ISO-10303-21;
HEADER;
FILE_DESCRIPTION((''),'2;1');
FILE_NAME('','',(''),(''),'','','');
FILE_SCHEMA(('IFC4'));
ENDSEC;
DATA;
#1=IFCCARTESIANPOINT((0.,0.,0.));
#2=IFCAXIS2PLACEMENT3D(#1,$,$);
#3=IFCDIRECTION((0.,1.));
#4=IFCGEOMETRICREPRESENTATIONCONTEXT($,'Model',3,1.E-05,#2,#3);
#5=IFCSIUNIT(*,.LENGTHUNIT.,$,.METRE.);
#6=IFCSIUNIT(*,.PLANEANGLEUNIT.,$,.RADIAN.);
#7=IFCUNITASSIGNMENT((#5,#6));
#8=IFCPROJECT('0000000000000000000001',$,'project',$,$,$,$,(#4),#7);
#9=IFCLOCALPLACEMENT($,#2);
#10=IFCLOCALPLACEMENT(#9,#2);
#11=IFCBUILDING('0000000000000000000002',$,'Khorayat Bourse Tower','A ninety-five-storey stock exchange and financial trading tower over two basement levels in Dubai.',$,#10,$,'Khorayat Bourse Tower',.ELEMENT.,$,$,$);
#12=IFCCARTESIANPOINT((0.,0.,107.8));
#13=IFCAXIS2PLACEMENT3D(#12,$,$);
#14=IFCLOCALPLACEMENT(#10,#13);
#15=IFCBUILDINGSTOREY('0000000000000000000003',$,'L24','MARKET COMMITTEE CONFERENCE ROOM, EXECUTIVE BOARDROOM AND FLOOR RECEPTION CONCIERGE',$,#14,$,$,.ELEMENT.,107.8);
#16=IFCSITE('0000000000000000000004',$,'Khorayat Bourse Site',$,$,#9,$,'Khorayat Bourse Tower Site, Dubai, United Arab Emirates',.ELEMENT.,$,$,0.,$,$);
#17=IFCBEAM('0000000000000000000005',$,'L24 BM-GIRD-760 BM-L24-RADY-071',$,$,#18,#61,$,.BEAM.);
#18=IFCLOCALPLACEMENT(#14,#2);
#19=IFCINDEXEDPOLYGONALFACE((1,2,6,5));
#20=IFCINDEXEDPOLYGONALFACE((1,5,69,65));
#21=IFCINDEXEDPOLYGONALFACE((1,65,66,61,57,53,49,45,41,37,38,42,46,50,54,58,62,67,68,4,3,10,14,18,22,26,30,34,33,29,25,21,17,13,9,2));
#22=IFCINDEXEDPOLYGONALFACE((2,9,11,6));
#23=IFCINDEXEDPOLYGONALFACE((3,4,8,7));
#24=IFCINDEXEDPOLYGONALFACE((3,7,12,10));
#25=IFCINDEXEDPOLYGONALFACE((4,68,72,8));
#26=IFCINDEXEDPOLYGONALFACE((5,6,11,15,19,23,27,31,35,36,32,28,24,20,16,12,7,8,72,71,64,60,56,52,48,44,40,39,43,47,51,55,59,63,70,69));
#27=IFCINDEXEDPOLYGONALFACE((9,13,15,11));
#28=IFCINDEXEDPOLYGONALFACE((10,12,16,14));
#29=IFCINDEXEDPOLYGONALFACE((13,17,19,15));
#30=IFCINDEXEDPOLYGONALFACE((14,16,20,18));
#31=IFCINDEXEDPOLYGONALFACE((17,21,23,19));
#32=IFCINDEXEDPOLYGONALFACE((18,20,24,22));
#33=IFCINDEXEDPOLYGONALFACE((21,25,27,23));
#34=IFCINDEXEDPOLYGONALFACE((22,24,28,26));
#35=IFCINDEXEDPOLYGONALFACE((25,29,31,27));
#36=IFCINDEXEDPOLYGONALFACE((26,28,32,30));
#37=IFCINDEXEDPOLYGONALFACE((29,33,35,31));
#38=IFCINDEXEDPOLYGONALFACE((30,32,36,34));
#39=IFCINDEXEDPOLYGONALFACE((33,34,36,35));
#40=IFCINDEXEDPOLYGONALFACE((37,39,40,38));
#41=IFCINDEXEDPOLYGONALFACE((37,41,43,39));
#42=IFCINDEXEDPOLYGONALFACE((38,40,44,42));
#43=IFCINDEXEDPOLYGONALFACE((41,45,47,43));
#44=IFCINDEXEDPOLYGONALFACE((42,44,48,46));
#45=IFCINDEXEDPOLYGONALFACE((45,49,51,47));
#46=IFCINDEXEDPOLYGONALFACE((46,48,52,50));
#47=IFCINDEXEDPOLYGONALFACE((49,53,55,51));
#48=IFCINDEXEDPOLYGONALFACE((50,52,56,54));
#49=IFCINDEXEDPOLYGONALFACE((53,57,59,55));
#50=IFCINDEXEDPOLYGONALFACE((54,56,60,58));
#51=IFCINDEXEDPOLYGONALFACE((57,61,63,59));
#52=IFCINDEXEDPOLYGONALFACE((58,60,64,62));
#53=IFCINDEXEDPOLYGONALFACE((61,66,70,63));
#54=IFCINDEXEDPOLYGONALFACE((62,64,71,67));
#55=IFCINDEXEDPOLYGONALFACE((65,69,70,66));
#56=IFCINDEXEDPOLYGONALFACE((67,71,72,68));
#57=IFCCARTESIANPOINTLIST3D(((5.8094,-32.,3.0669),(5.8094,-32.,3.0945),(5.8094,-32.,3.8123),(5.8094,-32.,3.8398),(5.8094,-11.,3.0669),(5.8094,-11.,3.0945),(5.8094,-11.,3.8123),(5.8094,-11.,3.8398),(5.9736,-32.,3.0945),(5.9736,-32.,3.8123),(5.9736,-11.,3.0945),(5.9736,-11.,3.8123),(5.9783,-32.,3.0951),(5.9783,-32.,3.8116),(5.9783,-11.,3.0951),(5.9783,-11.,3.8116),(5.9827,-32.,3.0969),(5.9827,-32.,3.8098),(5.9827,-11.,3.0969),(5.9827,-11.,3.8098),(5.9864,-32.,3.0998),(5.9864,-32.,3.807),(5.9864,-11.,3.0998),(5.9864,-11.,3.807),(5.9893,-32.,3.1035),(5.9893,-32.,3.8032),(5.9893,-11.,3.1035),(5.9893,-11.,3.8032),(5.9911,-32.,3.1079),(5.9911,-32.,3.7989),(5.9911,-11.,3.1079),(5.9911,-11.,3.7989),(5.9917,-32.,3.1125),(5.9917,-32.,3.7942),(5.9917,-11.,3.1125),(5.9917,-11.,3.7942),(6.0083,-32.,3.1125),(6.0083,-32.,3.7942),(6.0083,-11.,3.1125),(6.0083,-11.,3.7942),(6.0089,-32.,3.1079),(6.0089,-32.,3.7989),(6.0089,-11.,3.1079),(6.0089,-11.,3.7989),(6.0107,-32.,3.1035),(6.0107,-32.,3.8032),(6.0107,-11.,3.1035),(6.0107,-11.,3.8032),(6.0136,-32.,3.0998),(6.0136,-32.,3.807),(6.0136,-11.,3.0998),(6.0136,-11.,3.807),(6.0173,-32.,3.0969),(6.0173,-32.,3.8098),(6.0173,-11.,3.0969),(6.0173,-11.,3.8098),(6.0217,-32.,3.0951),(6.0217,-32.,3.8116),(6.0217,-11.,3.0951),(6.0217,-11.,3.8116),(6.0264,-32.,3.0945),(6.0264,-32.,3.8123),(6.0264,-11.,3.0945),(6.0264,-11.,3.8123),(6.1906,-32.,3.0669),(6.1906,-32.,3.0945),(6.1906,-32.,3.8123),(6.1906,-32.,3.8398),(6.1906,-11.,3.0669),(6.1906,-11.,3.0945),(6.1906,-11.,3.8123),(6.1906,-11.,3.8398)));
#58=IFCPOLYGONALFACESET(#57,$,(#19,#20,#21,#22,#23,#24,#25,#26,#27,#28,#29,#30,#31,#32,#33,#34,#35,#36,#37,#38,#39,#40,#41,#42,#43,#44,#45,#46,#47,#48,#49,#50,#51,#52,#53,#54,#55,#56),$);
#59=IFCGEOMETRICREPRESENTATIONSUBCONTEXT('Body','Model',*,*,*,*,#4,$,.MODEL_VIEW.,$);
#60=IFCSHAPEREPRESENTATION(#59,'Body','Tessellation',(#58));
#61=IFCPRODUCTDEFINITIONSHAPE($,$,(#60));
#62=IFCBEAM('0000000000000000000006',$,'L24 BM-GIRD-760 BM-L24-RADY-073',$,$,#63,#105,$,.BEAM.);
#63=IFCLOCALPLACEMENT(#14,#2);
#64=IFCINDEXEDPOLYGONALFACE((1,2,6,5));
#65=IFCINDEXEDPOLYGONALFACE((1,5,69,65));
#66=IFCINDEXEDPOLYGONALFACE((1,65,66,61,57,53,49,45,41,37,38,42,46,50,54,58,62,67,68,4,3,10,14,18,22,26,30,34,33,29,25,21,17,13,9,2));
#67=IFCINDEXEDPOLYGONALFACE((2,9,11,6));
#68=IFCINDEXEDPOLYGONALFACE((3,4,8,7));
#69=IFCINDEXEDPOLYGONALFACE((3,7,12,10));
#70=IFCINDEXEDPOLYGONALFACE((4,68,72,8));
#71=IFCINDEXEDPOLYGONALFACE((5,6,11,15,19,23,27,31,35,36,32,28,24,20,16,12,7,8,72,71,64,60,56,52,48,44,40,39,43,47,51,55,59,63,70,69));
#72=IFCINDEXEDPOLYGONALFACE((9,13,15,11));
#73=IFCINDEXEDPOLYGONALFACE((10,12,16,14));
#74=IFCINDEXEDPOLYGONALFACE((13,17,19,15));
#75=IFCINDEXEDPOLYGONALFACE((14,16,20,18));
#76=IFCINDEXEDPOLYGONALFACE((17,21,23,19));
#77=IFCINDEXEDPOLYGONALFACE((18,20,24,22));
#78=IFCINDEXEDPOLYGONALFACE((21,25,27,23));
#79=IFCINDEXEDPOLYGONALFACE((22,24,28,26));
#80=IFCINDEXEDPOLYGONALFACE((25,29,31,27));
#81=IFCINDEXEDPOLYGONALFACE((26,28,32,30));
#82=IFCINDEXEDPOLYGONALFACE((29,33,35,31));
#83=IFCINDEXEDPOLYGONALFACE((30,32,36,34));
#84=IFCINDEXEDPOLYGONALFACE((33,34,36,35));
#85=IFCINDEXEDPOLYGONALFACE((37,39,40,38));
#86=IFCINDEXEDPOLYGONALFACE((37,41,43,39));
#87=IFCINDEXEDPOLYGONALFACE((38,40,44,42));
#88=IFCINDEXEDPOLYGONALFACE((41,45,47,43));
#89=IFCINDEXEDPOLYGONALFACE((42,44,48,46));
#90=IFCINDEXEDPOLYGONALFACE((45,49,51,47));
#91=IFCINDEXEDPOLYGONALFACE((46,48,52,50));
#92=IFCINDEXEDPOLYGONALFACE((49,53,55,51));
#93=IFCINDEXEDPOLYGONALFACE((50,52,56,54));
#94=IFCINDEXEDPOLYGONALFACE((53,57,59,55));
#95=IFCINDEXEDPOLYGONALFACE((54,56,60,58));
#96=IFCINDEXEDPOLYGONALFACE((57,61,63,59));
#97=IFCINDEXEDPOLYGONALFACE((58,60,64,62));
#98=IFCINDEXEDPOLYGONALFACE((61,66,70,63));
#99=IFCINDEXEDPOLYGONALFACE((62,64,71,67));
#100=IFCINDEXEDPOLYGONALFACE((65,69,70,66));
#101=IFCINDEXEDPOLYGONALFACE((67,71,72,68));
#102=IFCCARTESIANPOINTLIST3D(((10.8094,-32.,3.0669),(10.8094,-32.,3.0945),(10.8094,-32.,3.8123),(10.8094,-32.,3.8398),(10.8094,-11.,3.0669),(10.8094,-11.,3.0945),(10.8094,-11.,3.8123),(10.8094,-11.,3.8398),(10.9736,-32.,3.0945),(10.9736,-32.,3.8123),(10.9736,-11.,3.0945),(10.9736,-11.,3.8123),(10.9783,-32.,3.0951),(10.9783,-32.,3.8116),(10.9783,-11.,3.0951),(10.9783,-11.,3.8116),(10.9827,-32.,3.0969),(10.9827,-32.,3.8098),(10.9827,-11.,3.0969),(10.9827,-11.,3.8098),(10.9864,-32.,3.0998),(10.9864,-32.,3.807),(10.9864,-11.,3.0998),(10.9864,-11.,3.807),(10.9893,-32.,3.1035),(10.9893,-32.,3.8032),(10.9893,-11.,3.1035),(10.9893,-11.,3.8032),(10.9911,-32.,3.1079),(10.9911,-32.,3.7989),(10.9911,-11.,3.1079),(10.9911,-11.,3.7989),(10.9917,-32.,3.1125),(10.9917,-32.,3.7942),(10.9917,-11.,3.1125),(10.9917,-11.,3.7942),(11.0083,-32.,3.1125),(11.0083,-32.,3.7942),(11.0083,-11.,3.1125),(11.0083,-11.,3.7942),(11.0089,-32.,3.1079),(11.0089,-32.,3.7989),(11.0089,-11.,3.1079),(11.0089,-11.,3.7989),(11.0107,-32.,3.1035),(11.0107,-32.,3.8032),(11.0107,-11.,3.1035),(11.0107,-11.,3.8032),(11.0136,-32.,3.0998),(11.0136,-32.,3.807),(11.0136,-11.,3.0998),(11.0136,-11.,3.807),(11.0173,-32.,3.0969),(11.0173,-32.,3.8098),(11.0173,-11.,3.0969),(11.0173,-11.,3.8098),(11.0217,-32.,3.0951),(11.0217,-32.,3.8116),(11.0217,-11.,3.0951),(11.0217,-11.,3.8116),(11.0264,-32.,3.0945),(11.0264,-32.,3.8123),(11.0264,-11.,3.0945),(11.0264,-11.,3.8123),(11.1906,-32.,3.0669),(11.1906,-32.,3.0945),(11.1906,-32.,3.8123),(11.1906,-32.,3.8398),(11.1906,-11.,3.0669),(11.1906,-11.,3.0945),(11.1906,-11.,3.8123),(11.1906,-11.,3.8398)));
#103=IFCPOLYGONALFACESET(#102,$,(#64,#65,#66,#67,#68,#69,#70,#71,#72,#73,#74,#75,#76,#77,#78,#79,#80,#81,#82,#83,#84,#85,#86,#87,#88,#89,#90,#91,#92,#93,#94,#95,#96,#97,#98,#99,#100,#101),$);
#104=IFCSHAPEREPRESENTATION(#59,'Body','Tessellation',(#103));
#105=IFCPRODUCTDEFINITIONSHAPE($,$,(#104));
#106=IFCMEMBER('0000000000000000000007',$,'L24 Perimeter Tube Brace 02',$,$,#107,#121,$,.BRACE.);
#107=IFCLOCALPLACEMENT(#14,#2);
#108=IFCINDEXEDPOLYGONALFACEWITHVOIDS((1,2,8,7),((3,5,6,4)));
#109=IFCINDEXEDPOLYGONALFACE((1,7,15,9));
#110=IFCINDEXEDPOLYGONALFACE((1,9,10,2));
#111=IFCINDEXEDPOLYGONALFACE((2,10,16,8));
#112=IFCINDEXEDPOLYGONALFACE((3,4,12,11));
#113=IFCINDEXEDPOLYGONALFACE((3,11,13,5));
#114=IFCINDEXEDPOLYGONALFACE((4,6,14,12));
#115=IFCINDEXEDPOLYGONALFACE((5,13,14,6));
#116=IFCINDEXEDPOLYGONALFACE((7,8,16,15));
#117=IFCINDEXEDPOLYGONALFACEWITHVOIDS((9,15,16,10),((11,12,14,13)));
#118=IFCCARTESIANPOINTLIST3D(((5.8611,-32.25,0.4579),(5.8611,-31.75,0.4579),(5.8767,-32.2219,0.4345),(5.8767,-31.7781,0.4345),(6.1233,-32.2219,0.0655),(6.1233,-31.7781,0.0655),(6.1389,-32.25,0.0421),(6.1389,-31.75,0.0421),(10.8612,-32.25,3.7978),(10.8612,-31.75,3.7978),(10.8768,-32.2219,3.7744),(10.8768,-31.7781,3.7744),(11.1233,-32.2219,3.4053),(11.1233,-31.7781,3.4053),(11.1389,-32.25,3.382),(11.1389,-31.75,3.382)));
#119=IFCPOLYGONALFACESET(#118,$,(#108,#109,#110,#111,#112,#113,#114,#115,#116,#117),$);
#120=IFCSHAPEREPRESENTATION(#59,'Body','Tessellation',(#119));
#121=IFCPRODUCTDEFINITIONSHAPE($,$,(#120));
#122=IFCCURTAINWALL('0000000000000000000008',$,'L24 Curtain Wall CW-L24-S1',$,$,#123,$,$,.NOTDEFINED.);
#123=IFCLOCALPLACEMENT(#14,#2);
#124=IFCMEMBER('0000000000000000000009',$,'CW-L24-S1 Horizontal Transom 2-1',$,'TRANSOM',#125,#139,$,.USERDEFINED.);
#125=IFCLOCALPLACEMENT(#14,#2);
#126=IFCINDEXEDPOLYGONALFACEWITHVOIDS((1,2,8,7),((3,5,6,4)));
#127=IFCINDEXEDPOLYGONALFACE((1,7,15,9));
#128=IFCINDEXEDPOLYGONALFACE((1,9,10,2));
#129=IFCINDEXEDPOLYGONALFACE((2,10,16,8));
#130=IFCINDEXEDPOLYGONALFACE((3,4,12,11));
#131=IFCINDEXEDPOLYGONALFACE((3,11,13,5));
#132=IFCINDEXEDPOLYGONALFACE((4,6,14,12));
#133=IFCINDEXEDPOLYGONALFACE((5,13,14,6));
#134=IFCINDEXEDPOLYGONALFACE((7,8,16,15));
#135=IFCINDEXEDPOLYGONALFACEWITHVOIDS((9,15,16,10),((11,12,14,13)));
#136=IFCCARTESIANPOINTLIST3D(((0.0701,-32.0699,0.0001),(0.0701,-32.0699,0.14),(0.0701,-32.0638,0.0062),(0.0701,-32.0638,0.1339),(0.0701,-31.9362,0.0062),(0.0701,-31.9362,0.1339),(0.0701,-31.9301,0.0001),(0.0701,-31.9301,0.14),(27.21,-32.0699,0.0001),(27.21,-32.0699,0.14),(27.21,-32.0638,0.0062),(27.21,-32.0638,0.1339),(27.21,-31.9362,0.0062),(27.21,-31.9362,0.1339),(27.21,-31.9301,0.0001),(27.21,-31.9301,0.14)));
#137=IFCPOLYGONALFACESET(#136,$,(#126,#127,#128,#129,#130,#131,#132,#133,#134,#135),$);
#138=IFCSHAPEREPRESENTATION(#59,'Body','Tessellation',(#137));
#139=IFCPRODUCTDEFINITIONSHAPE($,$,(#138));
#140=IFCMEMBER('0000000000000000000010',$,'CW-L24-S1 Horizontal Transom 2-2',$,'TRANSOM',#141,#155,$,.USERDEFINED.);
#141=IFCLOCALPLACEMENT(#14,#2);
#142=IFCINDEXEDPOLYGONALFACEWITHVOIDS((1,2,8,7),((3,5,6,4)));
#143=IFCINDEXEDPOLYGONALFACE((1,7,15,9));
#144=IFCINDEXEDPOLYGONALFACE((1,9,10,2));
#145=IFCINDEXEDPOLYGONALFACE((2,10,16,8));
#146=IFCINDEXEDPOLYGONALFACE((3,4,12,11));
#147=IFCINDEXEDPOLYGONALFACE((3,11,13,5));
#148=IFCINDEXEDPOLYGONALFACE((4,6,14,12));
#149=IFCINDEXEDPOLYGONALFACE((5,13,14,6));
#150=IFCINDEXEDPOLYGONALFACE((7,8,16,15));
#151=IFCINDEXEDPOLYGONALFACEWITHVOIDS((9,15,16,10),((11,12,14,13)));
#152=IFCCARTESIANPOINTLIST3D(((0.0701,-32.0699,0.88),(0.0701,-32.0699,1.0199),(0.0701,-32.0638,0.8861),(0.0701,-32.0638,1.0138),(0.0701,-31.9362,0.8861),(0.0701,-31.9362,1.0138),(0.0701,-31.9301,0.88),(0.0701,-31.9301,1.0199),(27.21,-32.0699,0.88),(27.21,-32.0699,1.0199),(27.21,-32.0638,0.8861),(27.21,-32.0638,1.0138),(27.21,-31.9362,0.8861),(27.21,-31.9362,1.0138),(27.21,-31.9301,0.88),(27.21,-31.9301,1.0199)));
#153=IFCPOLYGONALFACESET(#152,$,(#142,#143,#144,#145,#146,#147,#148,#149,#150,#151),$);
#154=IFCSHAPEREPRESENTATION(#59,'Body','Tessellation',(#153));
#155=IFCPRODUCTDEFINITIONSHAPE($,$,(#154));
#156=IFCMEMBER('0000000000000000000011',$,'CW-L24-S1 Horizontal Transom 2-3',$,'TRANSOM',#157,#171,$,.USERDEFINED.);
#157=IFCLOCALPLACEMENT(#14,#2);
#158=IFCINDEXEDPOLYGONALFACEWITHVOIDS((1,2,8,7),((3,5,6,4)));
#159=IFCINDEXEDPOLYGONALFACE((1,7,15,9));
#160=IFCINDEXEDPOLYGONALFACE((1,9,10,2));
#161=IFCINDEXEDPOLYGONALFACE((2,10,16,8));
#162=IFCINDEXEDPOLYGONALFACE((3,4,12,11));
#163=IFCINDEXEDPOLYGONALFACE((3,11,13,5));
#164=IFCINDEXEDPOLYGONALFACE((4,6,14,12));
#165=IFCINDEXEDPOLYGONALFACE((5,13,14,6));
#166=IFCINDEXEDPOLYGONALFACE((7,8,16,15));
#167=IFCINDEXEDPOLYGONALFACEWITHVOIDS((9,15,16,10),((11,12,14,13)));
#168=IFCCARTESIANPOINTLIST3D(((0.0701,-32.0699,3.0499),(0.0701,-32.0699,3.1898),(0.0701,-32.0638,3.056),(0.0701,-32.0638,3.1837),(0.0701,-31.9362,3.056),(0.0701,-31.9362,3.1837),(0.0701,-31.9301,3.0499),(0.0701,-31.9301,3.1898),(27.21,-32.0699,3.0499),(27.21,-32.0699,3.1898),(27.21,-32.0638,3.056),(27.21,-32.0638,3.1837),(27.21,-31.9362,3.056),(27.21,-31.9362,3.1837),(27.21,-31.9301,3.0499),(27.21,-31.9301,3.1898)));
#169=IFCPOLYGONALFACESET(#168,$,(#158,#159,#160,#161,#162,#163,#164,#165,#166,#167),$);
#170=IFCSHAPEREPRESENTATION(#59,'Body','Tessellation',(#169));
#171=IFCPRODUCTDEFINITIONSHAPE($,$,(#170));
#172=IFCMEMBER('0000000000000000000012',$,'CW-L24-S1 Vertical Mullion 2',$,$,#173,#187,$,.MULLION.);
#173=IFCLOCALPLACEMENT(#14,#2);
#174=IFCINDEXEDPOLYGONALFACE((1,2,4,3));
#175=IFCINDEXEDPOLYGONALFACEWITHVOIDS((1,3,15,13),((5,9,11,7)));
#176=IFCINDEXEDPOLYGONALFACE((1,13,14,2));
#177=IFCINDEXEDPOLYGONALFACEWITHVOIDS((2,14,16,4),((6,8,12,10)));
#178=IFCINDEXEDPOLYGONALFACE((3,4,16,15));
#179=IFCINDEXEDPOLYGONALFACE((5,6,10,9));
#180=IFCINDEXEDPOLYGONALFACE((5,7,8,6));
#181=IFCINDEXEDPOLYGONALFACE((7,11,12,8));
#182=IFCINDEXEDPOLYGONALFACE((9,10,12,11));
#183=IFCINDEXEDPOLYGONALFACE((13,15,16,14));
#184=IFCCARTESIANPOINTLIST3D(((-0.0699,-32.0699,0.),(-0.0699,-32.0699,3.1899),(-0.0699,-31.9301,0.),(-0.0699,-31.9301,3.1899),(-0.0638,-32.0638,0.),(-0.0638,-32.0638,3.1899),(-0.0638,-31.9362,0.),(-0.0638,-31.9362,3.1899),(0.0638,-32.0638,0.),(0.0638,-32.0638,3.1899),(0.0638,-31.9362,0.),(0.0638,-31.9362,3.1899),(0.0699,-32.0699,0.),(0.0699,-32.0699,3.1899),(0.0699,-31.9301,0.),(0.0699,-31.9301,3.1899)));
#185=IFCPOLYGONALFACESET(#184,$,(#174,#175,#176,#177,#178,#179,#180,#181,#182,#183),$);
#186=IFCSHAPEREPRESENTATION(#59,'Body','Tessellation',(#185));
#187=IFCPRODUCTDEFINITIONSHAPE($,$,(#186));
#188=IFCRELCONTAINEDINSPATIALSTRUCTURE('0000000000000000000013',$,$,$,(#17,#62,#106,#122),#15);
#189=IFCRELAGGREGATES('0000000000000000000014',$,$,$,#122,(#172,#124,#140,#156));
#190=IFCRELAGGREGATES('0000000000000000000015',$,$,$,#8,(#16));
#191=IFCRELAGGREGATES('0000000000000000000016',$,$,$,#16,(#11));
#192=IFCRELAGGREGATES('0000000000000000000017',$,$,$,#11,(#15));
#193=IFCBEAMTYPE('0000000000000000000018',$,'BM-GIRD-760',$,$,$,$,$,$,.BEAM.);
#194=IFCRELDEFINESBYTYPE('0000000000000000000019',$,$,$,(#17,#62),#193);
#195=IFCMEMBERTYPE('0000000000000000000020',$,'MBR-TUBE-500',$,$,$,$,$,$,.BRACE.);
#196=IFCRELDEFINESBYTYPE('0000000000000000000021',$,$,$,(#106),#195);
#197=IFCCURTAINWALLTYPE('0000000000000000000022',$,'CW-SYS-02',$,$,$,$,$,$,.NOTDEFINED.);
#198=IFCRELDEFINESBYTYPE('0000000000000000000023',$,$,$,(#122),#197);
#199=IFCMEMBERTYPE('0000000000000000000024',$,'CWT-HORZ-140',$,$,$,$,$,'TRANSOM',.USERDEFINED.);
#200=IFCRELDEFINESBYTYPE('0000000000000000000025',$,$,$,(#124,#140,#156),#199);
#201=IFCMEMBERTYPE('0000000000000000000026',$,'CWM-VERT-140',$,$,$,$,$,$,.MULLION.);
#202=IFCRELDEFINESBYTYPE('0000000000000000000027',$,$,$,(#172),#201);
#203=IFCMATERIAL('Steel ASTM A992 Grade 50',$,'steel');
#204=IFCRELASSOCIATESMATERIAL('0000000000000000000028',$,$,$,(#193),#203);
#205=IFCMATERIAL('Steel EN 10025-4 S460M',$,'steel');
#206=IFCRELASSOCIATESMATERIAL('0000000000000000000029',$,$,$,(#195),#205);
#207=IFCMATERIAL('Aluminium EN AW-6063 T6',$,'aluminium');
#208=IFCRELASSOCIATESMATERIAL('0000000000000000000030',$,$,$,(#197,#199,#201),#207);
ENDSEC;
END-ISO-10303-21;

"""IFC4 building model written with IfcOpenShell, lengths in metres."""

from ifc_helpers import new_model, si_unit, direction, frame, origin, origin_2d, place, context, subcontext, project, spatial, hollow_rectangle, i_section, extrude, source, transform, mapped, material, material_profile, profile_set, type_object, element, aggregate, save


model = new_model("IFC4")

# Units and contexts
model_context = context("Model", 3, precision=1e-05, world=origin(), true_north=direction((0.0, 1.0)))
body_context = subcontext(model_context, "Body", "Model", "MODEL_VIEW")
ifc_project = project(units=[si_unit("LENGTHUNIT", "METRE"), si_unit("PLANEANGLEUNIT", "RADIAN")], contexts=[model_context])

# Site, building, storey
site_placement = place(None, origin())
site = spatial("IfcSite", under=ifc_project, at=site_placement, Name="Khorayat Bourse Site", LongName="Khorayat Bourse Tower Site, Dubai, United Arab Emirates", CompositionType="ELEMENT", RefElevation=0.0)
building_placement = place(site_placement, origin())
building = spatial("IfcBuilding", under=site, at=building_placement, Name="Khorayat Bourse Tower", Description="A ninety-five-storey stock exchange and financial trading tower over two basement levels in Dubai.", LongName="Khorayat Bourse Tower", CompositionType="ELEMENT")
storey_placement = place(building_placement, frame((0.0, 0.0, 107.8)))
storey = spatial("IfcBuildingStorey", under=building, at=storey_placement, Name="L24", Description="MARKET COMMITTEE CONFERENCE ROOM, EXECUTIVE BOARDROOM AND FLOOR RECEPTION CONCIERGE", CompositionType="ELEMENT", Elevation=107.8)

# Shared definitions
ifc_material_1 = material(Name="Steel EN 10025-4 S460M", Category="steel")

# Beams
ifc_material_2 = material(Name="Steel ASTM A992 Grade 50", Category="steel")
ifc_material_profile_1 = material_profile(ifc_material_2, i_section(OverallWidth=0.3811, OverallDepth=0.7729, WebThickness=0.0166, FlangeThickness=0.0276, FilletRadius=0.0181, at=origin_2d()), Name="W760X257")
ifc_profile_set_1 = profile_set([ifc_material_profile_1], Name="Steel ASTM A992 Grade 50")
beam_type_1 = type_object("IfcBeamType", Name="BM-GIRD-760", PredefinedType="BEAM", material=ifc_profile_set_1)
shared_shape_1 = source(origin(), body_context, "Body", "SweptSolid", [
    extrude(i_section(OverallWidth=0.3811, OverallDepth=0.7729, WebThickness=0.0166, FlangeThickness=0.0276, FilletRadius=0.0181, at=origin_2d()), origin(), (0.0, 0.0, 1.0), 21.0),
])
for number, where, z_axis, x_axis, name in (
    (1, (6.0, -32.0, 3.4534), (0.0, 1.0, 0.0), (-1.0, 0.0, 0.0), "L24 BM-GIRD-760 BM-L24-RADY-071"),
    (2, (11.0, -32.0, 3.4534), (0.0, 1.0, 0.0), (-1.0, 0.0, 0.0), "L24 BM-GIRD-760 BM-L24-RADY-073"),
):
    element("IfcBeam", number, at=place(storey_placement, frame(where, z_axis=z_axis, x_axis=x_axis)), inside=storey, type_object=beam_type_1, Name=name, PredefinedType="BEAM", context=body_context, shape_type="MappedRepresentation", body=[
        mapped(shared_shape_1, transform((0.0, 0.0, 0.0), scale=1.0)),
    ])

# Member
ifc_material_profile_2 = material_profile(ifc_material_1, hollow_rectangle(XDim=0.5, YDim=0.5, WallThickness=0.0281, at=origin_2d()), Name="HSS 500x500x28")
ifc_profile_set_2 = profile_set([ifc_material_profile_2], Name="Steel EN 10025-4 S460M")
member_type_1 = type_object("IfcMemberType", Name="MBR-TUBE-500", PredefinedType="BRACE", material=ifc_profile_set_2)
shared_shape_2 = source(origin(), body_context, "Body", "SweptSolid", [
    extrude(hollow_rectangle(XDim=0.5, YDim=0.5, WallThickness=0.0281, at=origin_2d()), origin(), (0.0, 0.0, 1.0), 6.0129),
])
member_1_placement = place(storey_placement, frame((6.0, -32.0, 0.25), z_axis=(0.83155, 0.0, 0.55545), x_axis=(0.0, 1.0, 0.0)))
element("IfcMember", 3, at=member_1_placement, inside=storey, type_object=member_type_1, Name="L24 Perimeter Tube Brace 02", PredefinedType="BRACE", context=body_context, shape_type="MappedRepresentation", body=[
    mapped(shared_shape_2, transform((0.0, 0.0, 0.0), scale=1.0)),
])

# Curtain wall, members
ifc_material_3 = material(Name="Aluminium EN AW-6063 T6", Category="aluminium")
curtain_wall_type = type_object("IfcCurtainWallType", Name="CW-SYS-02", PredefinedType="NOTDEFINED", material=ifc_material_3)
curtain_wall_placement = place(storey_placement, origin())
curtain_wall = element("IfcCurtainWall", 4, at=curtain_wall_placement, inside=storey, type_object=curtain_wall_type, Name="L24 Curtain Wall CW-L24-S1", PredefinedType="NOTDEFINED")
ifc_material_profile_3 = material_profile(ifc_material_3, hollow_rectangle(XDim=0.1399, YDim=0.1399, WallThickness=0.0061, at=origin_2d()), Name="ALU 140x140x6")
ifc_profile_set_3 = profile_set([ifc_material_profile_3], Name="Aluminium EN AW-6063 T6")
member_type_2 = type_object("IfcMemberType", Name="CWT-HORZ-140", ElementType="TRANSOM", PredefinedType="USERDEFINED", material=ifc_profile_set_3)
shared_shape_3 = source(origin(), body_context, "Body", "SweptSolid", [
    extrude(hollow_rectangle(XDim=0.1399, YDim=0.1399, WallThickness=0.0061, at=origin_2d()), origin(), (0.0, 0.0, 1.0), 27.1399),
])
member_2_placement = place(storey_placement, frame((0.0701, -32.0, 0.0701), z_axis=(1.0, 0.0, 0.0), x_axis=(0.0, 1.0, 0.0)))
member_2 = element("IfcMember", 5, at=member_2_placement, type_object=member_type_2, Name="CW-L24-S1 Horizontal Transom 2-1", ObjectType="TRANSOM", PredefinedType="USERDEFINED", context=body_context, shape_type="MappedRepresentation", body=[
    mapped(shared_shape_3, transform((0.0, 0.0, 0.0), scale=1.0)),
])
member_3_placement = place(storey_placement, frame((0.0701, -32.0, 0.95), z_axis=(1.0, 0.0, 0.0), x_axis=(0.0, 1.0, 0.0)))
member_3 = element("IfcMember", 6, at=member_3_placement, type_object=member_type_2, Name="CW-L24-S1 Horizontal Transom 2-2", ObjectType="TRANSOM", PredefinedType="USERDEFINED", context=body_context, shape_type="MappedRepresentation", body=[
    mapped(shared_shape_3, transform((0.0, 0.0, 0.0), scale=1.0)),
])
member_4_placement = place(storey_placement, frame((0.0701, -32.0, 3.1199), z_axis=(1.0, 0.0, 0.0), x_axis=(0.0, 1.0, 0.0)))
member_4 = element("IfcMember", 7, at=member_4_placement, type_object=member_type_2, Name="CW-L24-S1 Horizontal Transom 2-3", ObjectType="TRANSOM", PredefinedType="USERDEFINED", context=body_context, shape_type="MappedRepresentation", body=[
    mapped(shared_shape_3, transform((0.0, 0.0, 0.0), scale=1.0)),
])
ifc_material_profile_4 = material_profile(ifc_material_3, hollow_rectangle(XDim=0.1399, YDim=0.1399, WallThickness=0.0061, at=origin_2d()), Name="ALU 140x140x6")
ifc_profile_set_4 = profile_set([ifc_material_profile_4], Name="Aluminium EN AW-6063 T6")
member_type_3 = type_object("IfcMemberType", Name="CWM-VERT-140", PredefinedType="MULLION", material=ifc_profile_set_4)
shared_shape_4 = source(origin(), body_context, "Body", "SweptSolid", [
    extrude(hollow_rectangle(XDim=0.1399, YDim=0.1399, WallThickness=0.0061, at=origin_2d()), origin(), (0.0, 0.0, 1.0), 3.1899),
])
member_5_placement = place(storey_placement, frame((0.0, -32.0, 0.0), z_axis=(0.0, 0.0, 1.0), x_axis=(0.0, 1.0, 0.0)))
member_5 = element("IfcMember", 8, at=member_5_placement, type_object=member_type_3, Name="CW-L24-S1 Vertical Mullion 2", PredefinedType="MULLION", context=body_context, shape_type="MappedRepresentation", body=[
    mapped(shared_shape_4, transform((0.0, 0.0, 0.0), scale=1.0)),
])
aggregate(curtain_wall, [member_5, member_2, member_3, member_4])

save(model, "model.ifc")
